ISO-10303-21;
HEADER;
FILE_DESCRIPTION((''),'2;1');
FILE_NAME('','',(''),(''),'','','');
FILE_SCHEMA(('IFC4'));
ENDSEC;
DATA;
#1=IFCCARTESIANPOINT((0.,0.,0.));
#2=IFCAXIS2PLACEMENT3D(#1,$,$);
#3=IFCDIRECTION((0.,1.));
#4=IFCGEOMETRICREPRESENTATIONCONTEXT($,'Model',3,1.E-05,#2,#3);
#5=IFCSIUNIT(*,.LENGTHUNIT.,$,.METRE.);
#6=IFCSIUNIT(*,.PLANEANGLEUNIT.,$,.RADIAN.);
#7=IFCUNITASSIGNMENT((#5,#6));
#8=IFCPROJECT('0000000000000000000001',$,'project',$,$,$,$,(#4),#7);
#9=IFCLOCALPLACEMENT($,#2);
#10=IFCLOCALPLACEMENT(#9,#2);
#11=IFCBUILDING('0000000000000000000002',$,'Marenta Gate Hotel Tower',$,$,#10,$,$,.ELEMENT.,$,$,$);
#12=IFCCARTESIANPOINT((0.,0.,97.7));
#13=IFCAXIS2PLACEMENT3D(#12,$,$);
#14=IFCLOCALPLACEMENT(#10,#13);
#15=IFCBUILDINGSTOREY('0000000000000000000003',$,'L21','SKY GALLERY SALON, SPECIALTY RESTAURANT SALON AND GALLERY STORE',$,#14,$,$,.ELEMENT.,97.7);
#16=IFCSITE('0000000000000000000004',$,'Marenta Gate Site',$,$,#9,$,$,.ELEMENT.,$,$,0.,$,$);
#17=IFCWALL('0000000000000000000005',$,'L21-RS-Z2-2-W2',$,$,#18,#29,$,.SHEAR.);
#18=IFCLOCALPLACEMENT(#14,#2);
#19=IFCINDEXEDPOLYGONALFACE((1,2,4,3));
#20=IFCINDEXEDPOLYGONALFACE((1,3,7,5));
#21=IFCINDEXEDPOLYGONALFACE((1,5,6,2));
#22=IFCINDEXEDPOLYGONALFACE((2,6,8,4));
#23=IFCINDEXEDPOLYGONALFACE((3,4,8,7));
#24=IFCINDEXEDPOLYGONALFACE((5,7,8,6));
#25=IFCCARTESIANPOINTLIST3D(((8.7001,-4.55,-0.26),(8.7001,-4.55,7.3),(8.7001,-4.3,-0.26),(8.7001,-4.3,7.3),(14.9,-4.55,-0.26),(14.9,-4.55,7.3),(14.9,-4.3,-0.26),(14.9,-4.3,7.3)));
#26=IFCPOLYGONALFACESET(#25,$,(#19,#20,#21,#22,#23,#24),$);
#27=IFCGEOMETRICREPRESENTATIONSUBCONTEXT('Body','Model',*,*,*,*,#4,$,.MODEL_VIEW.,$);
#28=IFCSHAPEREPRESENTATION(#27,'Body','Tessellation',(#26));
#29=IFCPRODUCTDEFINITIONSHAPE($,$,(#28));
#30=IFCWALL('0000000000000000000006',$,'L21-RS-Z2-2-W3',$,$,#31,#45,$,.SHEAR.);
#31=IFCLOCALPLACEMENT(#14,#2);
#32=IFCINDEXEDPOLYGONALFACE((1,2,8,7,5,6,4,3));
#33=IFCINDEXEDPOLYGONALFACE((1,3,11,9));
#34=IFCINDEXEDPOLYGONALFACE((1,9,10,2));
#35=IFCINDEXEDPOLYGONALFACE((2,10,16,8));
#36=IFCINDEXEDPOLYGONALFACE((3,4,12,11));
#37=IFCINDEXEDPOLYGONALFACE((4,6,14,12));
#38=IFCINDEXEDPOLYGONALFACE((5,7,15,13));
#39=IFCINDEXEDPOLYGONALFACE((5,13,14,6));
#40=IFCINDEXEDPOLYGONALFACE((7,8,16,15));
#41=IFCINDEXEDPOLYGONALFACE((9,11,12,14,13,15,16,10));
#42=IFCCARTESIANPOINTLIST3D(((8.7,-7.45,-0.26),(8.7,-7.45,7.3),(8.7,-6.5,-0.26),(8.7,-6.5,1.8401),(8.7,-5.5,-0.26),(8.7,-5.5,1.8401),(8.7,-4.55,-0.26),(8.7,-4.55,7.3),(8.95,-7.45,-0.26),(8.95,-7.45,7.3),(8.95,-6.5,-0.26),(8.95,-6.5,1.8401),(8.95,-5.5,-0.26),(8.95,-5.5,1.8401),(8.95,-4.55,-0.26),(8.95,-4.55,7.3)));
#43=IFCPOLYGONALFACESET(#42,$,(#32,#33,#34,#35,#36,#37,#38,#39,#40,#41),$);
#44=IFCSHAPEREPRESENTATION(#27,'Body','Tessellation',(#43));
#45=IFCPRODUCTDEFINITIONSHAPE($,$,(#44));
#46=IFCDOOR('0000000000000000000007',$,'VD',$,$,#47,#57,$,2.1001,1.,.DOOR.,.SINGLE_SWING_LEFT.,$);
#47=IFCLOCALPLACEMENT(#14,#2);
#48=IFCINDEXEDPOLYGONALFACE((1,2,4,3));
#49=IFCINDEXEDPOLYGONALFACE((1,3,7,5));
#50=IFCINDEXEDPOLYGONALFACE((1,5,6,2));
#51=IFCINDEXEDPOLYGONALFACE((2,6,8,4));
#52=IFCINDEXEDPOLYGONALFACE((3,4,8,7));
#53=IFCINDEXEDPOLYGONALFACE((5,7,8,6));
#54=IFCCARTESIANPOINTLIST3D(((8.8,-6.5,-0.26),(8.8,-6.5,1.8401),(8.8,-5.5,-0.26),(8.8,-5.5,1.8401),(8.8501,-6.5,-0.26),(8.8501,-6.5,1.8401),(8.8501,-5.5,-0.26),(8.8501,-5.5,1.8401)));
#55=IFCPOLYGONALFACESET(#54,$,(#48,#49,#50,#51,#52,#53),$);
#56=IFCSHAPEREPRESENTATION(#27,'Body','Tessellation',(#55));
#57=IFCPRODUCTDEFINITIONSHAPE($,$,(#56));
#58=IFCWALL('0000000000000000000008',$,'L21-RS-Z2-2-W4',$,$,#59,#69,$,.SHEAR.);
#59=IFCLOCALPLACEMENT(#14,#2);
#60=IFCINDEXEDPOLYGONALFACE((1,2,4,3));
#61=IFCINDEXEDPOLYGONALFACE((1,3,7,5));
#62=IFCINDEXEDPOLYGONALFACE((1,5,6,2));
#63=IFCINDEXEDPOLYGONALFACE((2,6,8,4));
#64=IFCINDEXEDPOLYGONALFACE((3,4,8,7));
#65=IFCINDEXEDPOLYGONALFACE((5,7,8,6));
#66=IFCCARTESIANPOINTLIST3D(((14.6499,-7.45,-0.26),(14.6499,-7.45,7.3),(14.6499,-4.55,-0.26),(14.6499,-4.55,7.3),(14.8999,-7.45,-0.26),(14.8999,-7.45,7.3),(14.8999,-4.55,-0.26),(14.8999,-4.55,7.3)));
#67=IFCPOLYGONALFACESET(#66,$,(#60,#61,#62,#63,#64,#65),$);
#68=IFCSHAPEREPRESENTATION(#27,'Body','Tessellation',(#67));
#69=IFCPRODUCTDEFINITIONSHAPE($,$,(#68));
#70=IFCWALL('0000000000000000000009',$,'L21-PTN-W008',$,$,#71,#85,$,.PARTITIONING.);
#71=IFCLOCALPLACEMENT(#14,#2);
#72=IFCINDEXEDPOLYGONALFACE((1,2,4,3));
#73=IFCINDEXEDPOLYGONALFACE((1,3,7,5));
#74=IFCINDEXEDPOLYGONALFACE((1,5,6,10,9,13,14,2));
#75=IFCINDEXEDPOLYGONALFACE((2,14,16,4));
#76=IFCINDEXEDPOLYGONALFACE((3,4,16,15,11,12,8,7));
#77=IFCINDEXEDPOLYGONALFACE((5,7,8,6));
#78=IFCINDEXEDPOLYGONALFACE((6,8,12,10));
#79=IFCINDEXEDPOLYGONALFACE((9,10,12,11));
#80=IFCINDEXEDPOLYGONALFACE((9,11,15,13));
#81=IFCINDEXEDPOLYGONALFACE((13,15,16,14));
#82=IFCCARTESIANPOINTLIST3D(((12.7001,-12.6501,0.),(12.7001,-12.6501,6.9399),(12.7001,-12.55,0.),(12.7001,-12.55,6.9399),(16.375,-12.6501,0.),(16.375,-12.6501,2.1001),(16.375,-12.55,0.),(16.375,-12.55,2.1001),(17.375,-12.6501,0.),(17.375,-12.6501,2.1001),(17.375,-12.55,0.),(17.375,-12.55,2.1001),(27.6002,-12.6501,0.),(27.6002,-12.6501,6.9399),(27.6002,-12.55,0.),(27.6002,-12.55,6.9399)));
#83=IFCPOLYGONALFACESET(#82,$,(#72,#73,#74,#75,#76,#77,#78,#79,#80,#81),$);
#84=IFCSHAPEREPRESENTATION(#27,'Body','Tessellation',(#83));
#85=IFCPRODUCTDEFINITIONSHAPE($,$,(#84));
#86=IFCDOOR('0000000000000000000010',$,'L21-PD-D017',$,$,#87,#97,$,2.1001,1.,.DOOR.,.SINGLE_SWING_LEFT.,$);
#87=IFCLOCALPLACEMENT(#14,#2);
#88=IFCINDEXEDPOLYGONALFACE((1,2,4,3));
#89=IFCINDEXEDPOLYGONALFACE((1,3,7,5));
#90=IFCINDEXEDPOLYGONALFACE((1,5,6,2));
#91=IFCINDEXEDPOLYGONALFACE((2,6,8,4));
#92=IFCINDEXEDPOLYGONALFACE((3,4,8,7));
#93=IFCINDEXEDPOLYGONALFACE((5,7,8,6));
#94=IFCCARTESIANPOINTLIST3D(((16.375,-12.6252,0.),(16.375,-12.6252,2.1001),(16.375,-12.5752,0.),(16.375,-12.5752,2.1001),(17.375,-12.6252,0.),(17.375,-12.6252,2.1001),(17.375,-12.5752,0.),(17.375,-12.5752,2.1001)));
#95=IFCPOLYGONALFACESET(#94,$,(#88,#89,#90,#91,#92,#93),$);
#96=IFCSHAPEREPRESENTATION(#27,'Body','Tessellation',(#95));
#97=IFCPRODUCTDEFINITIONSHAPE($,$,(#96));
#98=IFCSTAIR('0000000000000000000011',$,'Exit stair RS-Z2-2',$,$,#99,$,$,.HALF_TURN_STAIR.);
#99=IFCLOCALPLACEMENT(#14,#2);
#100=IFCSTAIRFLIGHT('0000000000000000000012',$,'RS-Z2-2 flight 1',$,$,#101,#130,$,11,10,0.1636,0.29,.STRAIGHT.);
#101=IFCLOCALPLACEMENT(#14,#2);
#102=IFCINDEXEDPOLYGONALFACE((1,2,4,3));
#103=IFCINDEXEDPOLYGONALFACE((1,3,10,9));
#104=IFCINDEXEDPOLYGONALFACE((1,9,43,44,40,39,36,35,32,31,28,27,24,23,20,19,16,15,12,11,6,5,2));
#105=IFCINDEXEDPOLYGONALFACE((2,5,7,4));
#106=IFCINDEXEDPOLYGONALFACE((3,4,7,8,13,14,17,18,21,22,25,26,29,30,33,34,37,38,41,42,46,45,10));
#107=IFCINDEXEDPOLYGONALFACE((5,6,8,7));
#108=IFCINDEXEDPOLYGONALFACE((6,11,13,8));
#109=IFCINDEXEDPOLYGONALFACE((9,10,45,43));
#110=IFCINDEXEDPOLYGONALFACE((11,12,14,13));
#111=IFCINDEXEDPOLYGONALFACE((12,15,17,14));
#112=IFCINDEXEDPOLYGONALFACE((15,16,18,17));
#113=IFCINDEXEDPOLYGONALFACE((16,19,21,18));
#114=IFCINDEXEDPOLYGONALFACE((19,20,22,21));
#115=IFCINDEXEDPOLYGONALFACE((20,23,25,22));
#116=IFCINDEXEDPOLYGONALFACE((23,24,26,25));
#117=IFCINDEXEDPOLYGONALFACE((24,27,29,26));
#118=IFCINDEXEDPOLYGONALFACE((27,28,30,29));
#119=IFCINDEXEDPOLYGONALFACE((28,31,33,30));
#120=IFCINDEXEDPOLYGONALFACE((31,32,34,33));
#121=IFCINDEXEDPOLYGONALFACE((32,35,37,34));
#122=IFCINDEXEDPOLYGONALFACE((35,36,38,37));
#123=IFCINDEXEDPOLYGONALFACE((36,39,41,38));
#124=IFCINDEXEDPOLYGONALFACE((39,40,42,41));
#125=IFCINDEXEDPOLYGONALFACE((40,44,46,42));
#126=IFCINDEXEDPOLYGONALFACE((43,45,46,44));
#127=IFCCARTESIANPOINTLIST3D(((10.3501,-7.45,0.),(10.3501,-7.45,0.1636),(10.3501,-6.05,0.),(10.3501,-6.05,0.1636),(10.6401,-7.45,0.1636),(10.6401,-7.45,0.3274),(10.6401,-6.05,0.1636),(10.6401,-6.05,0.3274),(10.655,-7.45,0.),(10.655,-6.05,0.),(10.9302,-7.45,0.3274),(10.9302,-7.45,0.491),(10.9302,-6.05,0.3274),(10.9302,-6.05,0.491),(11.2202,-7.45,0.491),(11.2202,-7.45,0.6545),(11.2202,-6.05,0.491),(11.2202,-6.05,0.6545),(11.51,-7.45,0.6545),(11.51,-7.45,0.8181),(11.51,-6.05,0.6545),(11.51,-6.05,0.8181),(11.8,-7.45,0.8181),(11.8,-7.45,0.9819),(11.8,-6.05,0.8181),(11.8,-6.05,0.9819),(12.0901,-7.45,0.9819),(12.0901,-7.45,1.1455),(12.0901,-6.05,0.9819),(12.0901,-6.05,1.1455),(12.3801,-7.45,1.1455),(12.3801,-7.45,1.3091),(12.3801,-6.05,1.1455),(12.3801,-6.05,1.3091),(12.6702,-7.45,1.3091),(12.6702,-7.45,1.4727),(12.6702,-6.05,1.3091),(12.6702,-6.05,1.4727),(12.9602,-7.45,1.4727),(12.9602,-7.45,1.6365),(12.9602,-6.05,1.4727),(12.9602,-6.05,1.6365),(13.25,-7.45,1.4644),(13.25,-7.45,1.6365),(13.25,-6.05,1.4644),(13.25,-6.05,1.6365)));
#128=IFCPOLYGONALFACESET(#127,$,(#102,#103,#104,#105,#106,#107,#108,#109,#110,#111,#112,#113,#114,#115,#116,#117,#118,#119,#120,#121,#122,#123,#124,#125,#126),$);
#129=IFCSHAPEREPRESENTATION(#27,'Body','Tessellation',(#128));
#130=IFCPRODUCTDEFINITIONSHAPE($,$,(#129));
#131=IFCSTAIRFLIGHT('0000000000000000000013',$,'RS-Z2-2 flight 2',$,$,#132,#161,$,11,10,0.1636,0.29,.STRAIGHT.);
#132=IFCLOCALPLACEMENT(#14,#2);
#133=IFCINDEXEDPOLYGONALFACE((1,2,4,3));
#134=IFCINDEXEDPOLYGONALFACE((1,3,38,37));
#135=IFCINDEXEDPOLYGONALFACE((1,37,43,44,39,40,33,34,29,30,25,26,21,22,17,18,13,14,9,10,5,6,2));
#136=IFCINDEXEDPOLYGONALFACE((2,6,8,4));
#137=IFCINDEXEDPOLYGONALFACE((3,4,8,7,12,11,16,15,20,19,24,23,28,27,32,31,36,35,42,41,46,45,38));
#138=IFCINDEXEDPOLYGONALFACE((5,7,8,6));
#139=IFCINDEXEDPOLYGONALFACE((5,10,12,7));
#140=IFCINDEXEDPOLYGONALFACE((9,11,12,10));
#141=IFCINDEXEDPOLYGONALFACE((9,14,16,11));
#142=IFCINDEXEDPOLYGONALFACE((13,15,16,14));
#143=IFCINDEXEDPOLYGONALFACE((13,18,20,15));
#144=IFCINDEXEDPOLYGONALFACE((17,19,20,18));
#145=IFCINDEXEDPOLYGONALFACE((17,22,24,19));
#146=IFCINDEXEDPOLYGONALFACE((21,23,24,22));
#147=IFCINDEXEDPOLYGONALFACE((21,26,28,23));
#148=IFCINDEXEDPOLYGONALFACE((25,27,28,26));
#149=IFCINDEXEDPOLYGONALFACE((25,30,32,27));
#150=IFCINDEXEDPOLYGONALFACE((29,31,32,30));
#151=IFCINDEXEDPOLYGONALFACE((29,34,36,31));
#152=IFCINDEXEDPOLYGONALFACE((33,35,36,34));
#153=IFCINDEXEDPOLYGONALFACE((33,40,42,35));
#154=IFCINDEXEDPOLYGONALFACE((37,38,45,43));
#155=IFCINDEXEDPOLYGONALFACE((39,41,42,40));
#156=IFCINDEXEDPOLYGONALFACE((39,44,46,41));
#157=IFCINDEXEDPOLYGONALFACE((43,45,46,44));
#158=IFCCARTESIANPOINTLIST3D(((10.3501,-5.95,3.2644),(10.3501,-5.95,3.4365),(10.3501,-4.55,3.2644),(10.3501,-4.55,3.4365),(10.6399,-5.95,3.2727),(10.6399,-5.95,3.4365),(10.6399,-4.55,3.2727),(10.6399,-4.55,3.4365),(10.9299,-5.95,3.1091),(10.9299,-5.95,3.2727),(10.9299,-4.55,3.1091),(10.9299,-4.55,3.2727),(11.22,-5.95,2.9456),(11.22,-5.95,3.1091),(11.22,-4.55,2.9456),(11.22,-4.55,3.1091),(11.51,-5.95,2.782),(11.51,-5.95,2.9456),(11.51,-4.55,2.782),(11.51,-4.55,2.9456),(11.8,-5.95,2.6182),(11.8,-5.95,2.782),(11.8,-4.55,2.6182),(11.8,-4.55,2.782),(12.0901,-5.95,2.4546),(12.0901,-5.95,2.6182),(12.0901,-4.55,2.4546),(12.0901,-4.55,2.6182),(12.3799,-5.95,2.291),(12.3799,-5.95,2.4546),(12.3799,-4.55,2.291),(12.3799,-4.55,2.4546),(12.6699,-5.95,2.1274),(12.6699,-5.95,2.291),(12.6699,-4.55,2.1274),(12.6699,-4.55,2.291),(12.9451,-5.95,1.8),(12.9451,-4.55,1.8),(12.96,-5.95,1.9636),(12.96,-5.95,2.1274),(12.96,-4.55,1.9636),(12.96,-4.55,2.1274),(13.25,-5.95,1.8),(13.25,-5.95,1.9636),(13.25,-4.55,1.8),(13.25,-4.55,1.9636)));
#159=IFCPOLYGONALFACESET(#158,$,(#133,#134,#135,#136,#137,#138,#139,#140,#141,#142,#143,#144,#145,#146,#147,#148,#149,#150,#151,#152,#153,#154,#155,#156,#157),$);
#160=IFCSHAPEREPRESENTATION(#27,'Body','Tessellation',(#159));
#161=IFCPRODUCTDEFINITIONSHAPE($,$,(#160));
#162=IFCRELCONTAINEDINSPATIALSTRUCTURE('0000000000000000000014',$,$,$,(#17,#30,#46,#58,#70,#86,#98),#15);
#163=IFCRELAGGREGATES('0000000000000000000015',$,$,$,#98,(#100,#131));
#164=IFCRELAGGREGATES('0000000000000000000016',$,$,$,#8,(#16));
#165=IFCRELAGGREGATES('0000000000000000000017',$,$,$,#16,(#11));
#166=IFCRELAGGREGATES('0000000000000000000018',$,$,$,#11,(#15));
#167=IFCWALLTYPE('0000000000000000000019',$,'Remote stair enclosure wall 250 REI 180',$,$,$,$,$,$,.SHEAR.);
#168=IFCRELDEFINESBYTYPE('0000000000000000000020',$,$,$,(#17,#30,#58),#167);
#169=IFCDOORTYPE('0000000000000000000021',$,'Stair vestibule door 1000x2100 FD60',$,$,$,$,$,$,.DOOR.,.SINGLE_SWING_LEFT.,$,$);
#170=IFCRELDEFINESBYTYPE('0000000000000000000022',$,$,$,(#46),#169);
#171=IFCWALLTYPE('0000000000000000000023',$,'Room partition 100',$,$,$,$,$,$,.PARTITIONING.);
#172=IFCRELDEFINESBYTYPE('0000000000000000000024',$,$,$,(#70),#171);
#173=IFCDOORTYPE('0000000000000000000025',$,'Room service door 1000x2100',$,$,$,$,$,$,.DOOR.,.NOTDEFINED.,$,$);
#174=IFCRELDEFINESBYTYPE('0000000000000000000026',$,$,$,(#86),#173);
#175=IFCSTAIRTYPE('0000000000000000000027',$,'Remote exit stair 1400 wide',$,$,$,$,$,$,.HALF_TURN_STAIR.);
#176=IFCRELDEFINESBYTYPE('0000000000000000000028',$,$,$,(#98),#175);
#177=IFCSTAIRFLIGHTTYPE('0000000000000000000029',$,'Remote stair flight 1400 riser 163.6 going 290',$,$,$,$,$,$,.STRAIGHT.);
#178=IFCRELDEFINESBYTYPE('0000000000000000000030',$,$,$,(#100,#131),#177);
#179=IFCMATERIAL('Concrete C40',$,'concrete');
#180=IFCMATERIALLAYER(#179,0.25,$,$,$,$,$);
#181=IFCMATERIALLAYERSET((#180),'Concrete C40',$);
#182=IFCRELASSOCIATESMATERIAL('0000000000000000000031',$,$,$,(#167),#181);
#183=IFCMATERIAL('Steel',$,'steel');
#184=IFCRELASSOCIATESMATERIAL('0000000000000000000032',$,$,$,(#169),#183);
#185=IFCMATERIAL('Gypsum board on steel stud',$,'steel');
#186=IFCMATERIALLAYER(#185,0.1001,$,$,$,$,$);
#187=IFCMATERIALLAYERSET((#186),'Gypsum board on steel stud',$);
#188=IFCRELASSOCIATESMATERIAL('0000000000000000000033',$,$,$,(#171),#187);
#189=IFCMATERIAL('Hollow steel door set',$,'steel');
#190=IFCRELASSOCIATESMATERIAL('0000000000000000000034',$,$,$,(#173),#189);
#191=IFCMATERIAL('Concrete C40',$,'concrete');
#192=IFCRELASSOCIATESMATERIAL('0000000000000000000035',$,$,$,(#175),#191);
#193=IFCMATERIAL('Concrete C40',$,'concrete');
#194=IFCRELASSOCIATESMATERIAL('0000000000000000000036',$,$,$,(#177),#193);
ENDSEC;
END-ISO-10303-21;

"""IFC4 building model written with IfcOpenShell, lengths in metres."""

from ifc_helpers import new_model, si_unit, direction, frame, frame_2d, origin, place, context, subcontext, project, spatial, polyline, rectangle, outline, extrude, material, layer, layer_set, type_object, element, fill, aggregate, save


model = new_model("IFC4")

# Units and contexts
model_context = context("Model", 3, precision=1e-05, world=origin(), true_north=direction((0.0, 1.0)))
body_context = subcontext(model_context, "Body", "Model", "MODEL_VIEW")
ifc_project = project(units=[si_unit("LENGTHUNIT", "METRE"), si_unit("PLANEANGLEUNIT", "RADIAN")], contexts=[model_context])

# Site, building, storey
site_placement = place(None, origin())
site = spatial("IfcSite", under=ifc_project, at=site_placement, Name="Marenta Gate Site", CompositionType="ELEMENT", RefElevation=0.0)
building_placement = place(site_placement, origin())
building = spatial("IfcBuilding", under=site, at=building_placement, Name="Marenta Gate Hotel Tower", CompositionType="ELEMENT")
storey_placement = place(building_placement, frame((0.0, 0.0, 97.7)))
storey = spatial("IfcBuildingStorey", under=building, at=storey_placement, Name="L21", Description="SKY GALLERY SALON, SPECIALTY RESTAURANT SALON AND GALLERY STORE", CompositionType="ELEMENT", Elevation=97.7)

# Wall
ifc_material_1 = material(Name="Concrete C40", Category="concrete")
ifc_layer_1 = layer(ifc_material_1, 0.25)
ifc_layer_set_1 = layer_set([ifc_layer_1], Name="Concrete C40")
wall_type_1 = type_object("IfcWallType", Name="Remote stair enclosure wall 250 REI 180", PredefinedType="SHEAR", material=ifc_layer_set_1)
for number, where, z_axis, x_axis, name in (
    (1, (8.7, -4.425, -0.26), (0.0, 0.0, 1.0), (1.0, 0.0, 0.0), "L21-RS-Z2-2-W2"),
):
    element("IfcWall", number, at=place(storey_placement, frame(where, z_axis=z_axis, x_axis=x_axis)), inside=storey, type_object=wall_type_1, Name=name, PredefinedType="SHEAR", context=body_context, shape_type="SweptSolid", body=[
        extrude(rectangle(XDim=6.2, YDim=0.25, at=frame_2d((3.1001, 0.0))), origin(), (0.0, 0.0, 1.0), 7.5601),
    ])

# Wall, opening, door
wall_1_placement = place(storey_placement, frame((8.825, -7.45, -0.26), z_axis=(0.0, 0.0, 1.0), x_axis=(0.0, 1.0, 0.0)))
wall_1 = element("IfcWall", 2, at=wall_1_placement, inside=storey, type_object=wall_type_1, Name="L21-RS-Z2-2-W3", PredefinedType="SHEAR", context=body_context, shape_type="SweptSolid", body=[
    extrude(rectangle(XDim=2.8999, YDim=0.25, at=frame_2d((1.45, 0.0))), origin(), (0.0, 0.0, 1.0), 7.5601),
])
opening_1_placement = place(wall_1_placement, frame((0.95, 0.0, 0.0)))
opening_1 = element("IfcOpeningElement", 3, at=opening_1_placement, cuts=wall_1, PredefinedType="OPENING", context=body_context, shape_type="SweptSolid", body=[
    extrude(rectangle(XDim=1.0, YDim=2.1001, at=frame_2d((0.5, 1.05))), frame((0.0, 0.125, 0.0), z_axis=(0.0, -1.0, 0.0), x_axis=(1.0, 0.0, 0.0)), (0.0, 0.0, 1.0), 0.25),
])
ifc_material_2 = material(Name="Steel", Category="steel")
door_type_1 = type_object("IfcDoorType", Name="Stair vestibule door 1000x2100 FD60", OperationType="SINGLE_SWING_LEFT", PredefinedType="DOOR", material=ifc_material_2)
door_1_placement = place(opening_1_placement, origin())
door_1 = element("IfcDoor", 4, at=door_1_placement, inside=storey, type_object=door_type_1, Name="VD", OperationType="SINGLE_SWING_LEFT", OverallHeight=2.1001, OverallWidth=1.0, PredefinedType="DOOR", context=body_context, shape_type="SweptSolid", body=[
    extrude(rectangle(XDim=1.0, YDim=2.1001, at=frame_2d((0.5, 1.05))), frame((0.0, 0.0249, 0.0), z_axis=(0.0, -1.0, 0.0), x_axis=(1.0, 0.0, 0.0)), (0.0, 0.0, 1.0), 0.05),
])
fill(opening_1, door_1)

# Wall
wall_2_placement = place(storey_placement, frame((14.7749, -7.45, -0.26), z_axis=(0.0, 0.0, 1.0), x_axis=(0.0, 1.0, 0.0)))
element("IfcWall", 5, at=wall_2_placement, inside=storey, type_object=wall_type_1, Name="L21-RS-Z2-2-W4", PredefinedType="SHEAR", context=body_context, shape_type="SweptSolid", body=[
    extrude(rectangle(XDim=2.8999, YDim=0.25, at=frame_2d((1.45, 0.0))), origin(), (0.0, 0.0, 1.0), 7.5601),
])

# Wall, opening, door
ifc_material_3 = material(Name="Gypsum board on steel stud", Category="steel")
ifc_layer_2 = layer(ifc_material_3, 0.1001)
ifc_layer_set_2 = layer_set([ifc_layer_2], Name="Gypsum board on steel stud")
wall_type_2 = type_object("IfcWallType", Name="Room partition 100", PredefinedType="PARTITIONING", material=ifc_layer_set_2)
wall_3_placement = place(storey_placement, frame((12.7, -12.6001, 0.0), z_axis=(0.0, 0.0, 1.0), x_axis=(1.0, 0.0, 0.0)))
wall_3 = element("IfcWall", 6, at=wall_3_placement, inside=storey, type_object=wall_type_2, Name="L21-PTN-W008", PredefinedType="PARTITIONING", context=body_context, shape_type="SweptSolid", body=[
    extrude(rectangle(XDim=14.9001, YDim=0.1001, at=frame_2d((7.4502, 0.0))), origin(), (0.0, 0.0, 1.0), 6.9399),
])
opening_2_placement = place(wall_3_placement, frame((3.675, 0.0, 0.0)))
opening_2 = element("IfcOpeningElement", 7, at=opening_2_placement, cuts=wall_3, PredefinedType="OPENING", context=body_context, shape_type="SweptSolid", body=[
    extrude(rectangle(XDim=1.0, YDim=2.1001, at=frame_2d((0.5, 1.05))), frame((0.0, 0.05, 0.0), z_axis=(0.0, -1.0, 0.0), x_axis=(1.0, 0.0, 0.0)), (0.0, 0.0, 1.0), 0.1001),
])
ifc_material_4 = material(Name="Hollow steel door set", Category="steel")
door_type_2 = type_object("IfcDoorType", Name="Room service door 1000x2100", OperationType="NOTDEFINED", PredefinedType="DOOR", material=ifc_material_4)
door_2_placement = place(opening_2_placement, origin())
door_2 = element("IfcDoor", 8, at=door_2_placement, inside=storey, type_object=door_type_2, Name="L21-PD-D017", OperationType="SINGLE_SWING_LEFT", OverallHeight=2.1001, OverallWidth=1.0, PredefinedType="DOOR", context=body_context, shape_type="SweptSolid", body=[
    extrude(rectangle(XDim=1.0, YDim=2.1001, at=frame_2d((0.5, 1.05))), frame((0.0, 0.0249, 0.0), z_axis=(0.0, -1.0, 0.0), x_axis=(1.0, 0.0, 0.0)), (0.0, 0.0, 1.0), 0.05),
])
fill(opening_2, door_2)

# Stair, stair flights
ifc_material_5 = material(Name="Concrete C40", Category="concrete")
stair_type = type_object("IfcStairType", Name="Remote exit stair 1400 wide", PredefinedType="HALF_TURN_STAIR", material=ifc_material_5)
stair_placement = place(storey_placement, origin())
stair = element("IfcStair", 9, at=stair_placement, inside=storey, type_object=stair_type, Name="Exit stair RS-Z2-2", PredefinedType="HALF_TURN_STAIR")
ifc_material_6 = material(Name="Concrete C40", Category="concrete")
stair_flight_type = type_object("IfcStairFlightType", Name="Remote stair flight 1400 riser 163.6 going 290", PredefinedType="STRAIGHT", material=ifc_material_6)
stair_flight_1_placement = place(storey_placement, frame((10.3501, -6.75, 0.0), z_axis=(0.0, 0.0, 1.0), x_axis=(1.0, 0.0, 0.0)))
stair_flight_1 = element("IfcStairFlight", 10, at=stair_flight_1_placement, type_object=stair_flight_type, Name="RS-Z2-2 flight 1", NumberOfRisers=11, NumberOfTreads=10, PredefinedType="STRAIGHT", RiserHeight=0.1636, TreadLength=0.29, context=body_context, shape_type="SweptSolid", body=[
    extrude(outline(polyline([(0.0, 0.0), (0.0, 0.1636), (0.29, 0.1636), (0.29, 0.3274), (0.5801, 0.3274), (0.5801, 0.491), (0.8701, 0.491), (0.8701, 0.6545), (1.1599, 0.6545), (1.1599, 0.8181), (1.45, 0.8181), (1.45, 0.9819), (1.74, 0.9819), (1.74, 1.1455), (2.03, 1.1455), (2.03, 1.3091), (2.3201, 1.3091), (2.3201, 1.4727), (2.6101, 1.4727), (2.6101, 1.6365), (2.8999, 1.6365), (2.8999, 1.8), (2.8999, 1.4644), (0.3049, 0.0), (0.0, 0.0)])), frame((0.0, 0.7, 0.0), z_axis=(0.0, -1.0, 0.0), x_axis=(1.0, 0.0, 0.0)), (0.0, 0.0, 1.0), 1.3999),
])
stair_flight_2_placement = place(storey_placement, frame((13.25, -5.25, 1.8), z_axis=(0.0, 0.0, 1.0), x_axis=(-1.0, 0.0, 0.0)))
stair_flight_2 = element("IfcStairFlight", 11, at=stair_flight_2_placement, type_object=stair_flight_type, Name="RS-Z2-2 flight 2", NumberOfRisers=11, NumberOfTreads=10, PredefinedType="STRAIGHT", RiserHeight=0.1636, TreadLength=0.29, context=body_context, shape_type="SweptSolid", body=[
    extrude(outline(polyline([(0.0, 0.0), (0.0, 0.1636), (0.29, 0.1636), (0.29, 0.3274), (0.5801, 0.3274), (0.5801, 0.491), (0.8701, 0.491), (0.8701, 0.6545), (1.1599, 0.6545), (1.1599, 0.8181), (1.45, 0.8181), (1.45, 0.9819), (1.74, 0.9819), (1.74, 1.1455), (2.03, 1.1455), (2.03, 1.3091), (2.3201, 1.3091), (2.3201, 1.4727), (2.6101, 1.4727), (2.6101, 1.6365), (2.8999, 1.6365), (2.8999, 1.8), (2.8999, 1.4644), (0.3049, 0.0), (0.0, 0.0)])), frame((0.0, 0.7, 0.0), z_axis=(0.0, -1.0, 0.0), x_axis=(1.0, 0.0, 0.0)), (0.0, 0.0, 1.0), 1.3999),
])
aggregate(stair, [stair_flight_1, stair_flight_2])

save(model, "model.ifc")
